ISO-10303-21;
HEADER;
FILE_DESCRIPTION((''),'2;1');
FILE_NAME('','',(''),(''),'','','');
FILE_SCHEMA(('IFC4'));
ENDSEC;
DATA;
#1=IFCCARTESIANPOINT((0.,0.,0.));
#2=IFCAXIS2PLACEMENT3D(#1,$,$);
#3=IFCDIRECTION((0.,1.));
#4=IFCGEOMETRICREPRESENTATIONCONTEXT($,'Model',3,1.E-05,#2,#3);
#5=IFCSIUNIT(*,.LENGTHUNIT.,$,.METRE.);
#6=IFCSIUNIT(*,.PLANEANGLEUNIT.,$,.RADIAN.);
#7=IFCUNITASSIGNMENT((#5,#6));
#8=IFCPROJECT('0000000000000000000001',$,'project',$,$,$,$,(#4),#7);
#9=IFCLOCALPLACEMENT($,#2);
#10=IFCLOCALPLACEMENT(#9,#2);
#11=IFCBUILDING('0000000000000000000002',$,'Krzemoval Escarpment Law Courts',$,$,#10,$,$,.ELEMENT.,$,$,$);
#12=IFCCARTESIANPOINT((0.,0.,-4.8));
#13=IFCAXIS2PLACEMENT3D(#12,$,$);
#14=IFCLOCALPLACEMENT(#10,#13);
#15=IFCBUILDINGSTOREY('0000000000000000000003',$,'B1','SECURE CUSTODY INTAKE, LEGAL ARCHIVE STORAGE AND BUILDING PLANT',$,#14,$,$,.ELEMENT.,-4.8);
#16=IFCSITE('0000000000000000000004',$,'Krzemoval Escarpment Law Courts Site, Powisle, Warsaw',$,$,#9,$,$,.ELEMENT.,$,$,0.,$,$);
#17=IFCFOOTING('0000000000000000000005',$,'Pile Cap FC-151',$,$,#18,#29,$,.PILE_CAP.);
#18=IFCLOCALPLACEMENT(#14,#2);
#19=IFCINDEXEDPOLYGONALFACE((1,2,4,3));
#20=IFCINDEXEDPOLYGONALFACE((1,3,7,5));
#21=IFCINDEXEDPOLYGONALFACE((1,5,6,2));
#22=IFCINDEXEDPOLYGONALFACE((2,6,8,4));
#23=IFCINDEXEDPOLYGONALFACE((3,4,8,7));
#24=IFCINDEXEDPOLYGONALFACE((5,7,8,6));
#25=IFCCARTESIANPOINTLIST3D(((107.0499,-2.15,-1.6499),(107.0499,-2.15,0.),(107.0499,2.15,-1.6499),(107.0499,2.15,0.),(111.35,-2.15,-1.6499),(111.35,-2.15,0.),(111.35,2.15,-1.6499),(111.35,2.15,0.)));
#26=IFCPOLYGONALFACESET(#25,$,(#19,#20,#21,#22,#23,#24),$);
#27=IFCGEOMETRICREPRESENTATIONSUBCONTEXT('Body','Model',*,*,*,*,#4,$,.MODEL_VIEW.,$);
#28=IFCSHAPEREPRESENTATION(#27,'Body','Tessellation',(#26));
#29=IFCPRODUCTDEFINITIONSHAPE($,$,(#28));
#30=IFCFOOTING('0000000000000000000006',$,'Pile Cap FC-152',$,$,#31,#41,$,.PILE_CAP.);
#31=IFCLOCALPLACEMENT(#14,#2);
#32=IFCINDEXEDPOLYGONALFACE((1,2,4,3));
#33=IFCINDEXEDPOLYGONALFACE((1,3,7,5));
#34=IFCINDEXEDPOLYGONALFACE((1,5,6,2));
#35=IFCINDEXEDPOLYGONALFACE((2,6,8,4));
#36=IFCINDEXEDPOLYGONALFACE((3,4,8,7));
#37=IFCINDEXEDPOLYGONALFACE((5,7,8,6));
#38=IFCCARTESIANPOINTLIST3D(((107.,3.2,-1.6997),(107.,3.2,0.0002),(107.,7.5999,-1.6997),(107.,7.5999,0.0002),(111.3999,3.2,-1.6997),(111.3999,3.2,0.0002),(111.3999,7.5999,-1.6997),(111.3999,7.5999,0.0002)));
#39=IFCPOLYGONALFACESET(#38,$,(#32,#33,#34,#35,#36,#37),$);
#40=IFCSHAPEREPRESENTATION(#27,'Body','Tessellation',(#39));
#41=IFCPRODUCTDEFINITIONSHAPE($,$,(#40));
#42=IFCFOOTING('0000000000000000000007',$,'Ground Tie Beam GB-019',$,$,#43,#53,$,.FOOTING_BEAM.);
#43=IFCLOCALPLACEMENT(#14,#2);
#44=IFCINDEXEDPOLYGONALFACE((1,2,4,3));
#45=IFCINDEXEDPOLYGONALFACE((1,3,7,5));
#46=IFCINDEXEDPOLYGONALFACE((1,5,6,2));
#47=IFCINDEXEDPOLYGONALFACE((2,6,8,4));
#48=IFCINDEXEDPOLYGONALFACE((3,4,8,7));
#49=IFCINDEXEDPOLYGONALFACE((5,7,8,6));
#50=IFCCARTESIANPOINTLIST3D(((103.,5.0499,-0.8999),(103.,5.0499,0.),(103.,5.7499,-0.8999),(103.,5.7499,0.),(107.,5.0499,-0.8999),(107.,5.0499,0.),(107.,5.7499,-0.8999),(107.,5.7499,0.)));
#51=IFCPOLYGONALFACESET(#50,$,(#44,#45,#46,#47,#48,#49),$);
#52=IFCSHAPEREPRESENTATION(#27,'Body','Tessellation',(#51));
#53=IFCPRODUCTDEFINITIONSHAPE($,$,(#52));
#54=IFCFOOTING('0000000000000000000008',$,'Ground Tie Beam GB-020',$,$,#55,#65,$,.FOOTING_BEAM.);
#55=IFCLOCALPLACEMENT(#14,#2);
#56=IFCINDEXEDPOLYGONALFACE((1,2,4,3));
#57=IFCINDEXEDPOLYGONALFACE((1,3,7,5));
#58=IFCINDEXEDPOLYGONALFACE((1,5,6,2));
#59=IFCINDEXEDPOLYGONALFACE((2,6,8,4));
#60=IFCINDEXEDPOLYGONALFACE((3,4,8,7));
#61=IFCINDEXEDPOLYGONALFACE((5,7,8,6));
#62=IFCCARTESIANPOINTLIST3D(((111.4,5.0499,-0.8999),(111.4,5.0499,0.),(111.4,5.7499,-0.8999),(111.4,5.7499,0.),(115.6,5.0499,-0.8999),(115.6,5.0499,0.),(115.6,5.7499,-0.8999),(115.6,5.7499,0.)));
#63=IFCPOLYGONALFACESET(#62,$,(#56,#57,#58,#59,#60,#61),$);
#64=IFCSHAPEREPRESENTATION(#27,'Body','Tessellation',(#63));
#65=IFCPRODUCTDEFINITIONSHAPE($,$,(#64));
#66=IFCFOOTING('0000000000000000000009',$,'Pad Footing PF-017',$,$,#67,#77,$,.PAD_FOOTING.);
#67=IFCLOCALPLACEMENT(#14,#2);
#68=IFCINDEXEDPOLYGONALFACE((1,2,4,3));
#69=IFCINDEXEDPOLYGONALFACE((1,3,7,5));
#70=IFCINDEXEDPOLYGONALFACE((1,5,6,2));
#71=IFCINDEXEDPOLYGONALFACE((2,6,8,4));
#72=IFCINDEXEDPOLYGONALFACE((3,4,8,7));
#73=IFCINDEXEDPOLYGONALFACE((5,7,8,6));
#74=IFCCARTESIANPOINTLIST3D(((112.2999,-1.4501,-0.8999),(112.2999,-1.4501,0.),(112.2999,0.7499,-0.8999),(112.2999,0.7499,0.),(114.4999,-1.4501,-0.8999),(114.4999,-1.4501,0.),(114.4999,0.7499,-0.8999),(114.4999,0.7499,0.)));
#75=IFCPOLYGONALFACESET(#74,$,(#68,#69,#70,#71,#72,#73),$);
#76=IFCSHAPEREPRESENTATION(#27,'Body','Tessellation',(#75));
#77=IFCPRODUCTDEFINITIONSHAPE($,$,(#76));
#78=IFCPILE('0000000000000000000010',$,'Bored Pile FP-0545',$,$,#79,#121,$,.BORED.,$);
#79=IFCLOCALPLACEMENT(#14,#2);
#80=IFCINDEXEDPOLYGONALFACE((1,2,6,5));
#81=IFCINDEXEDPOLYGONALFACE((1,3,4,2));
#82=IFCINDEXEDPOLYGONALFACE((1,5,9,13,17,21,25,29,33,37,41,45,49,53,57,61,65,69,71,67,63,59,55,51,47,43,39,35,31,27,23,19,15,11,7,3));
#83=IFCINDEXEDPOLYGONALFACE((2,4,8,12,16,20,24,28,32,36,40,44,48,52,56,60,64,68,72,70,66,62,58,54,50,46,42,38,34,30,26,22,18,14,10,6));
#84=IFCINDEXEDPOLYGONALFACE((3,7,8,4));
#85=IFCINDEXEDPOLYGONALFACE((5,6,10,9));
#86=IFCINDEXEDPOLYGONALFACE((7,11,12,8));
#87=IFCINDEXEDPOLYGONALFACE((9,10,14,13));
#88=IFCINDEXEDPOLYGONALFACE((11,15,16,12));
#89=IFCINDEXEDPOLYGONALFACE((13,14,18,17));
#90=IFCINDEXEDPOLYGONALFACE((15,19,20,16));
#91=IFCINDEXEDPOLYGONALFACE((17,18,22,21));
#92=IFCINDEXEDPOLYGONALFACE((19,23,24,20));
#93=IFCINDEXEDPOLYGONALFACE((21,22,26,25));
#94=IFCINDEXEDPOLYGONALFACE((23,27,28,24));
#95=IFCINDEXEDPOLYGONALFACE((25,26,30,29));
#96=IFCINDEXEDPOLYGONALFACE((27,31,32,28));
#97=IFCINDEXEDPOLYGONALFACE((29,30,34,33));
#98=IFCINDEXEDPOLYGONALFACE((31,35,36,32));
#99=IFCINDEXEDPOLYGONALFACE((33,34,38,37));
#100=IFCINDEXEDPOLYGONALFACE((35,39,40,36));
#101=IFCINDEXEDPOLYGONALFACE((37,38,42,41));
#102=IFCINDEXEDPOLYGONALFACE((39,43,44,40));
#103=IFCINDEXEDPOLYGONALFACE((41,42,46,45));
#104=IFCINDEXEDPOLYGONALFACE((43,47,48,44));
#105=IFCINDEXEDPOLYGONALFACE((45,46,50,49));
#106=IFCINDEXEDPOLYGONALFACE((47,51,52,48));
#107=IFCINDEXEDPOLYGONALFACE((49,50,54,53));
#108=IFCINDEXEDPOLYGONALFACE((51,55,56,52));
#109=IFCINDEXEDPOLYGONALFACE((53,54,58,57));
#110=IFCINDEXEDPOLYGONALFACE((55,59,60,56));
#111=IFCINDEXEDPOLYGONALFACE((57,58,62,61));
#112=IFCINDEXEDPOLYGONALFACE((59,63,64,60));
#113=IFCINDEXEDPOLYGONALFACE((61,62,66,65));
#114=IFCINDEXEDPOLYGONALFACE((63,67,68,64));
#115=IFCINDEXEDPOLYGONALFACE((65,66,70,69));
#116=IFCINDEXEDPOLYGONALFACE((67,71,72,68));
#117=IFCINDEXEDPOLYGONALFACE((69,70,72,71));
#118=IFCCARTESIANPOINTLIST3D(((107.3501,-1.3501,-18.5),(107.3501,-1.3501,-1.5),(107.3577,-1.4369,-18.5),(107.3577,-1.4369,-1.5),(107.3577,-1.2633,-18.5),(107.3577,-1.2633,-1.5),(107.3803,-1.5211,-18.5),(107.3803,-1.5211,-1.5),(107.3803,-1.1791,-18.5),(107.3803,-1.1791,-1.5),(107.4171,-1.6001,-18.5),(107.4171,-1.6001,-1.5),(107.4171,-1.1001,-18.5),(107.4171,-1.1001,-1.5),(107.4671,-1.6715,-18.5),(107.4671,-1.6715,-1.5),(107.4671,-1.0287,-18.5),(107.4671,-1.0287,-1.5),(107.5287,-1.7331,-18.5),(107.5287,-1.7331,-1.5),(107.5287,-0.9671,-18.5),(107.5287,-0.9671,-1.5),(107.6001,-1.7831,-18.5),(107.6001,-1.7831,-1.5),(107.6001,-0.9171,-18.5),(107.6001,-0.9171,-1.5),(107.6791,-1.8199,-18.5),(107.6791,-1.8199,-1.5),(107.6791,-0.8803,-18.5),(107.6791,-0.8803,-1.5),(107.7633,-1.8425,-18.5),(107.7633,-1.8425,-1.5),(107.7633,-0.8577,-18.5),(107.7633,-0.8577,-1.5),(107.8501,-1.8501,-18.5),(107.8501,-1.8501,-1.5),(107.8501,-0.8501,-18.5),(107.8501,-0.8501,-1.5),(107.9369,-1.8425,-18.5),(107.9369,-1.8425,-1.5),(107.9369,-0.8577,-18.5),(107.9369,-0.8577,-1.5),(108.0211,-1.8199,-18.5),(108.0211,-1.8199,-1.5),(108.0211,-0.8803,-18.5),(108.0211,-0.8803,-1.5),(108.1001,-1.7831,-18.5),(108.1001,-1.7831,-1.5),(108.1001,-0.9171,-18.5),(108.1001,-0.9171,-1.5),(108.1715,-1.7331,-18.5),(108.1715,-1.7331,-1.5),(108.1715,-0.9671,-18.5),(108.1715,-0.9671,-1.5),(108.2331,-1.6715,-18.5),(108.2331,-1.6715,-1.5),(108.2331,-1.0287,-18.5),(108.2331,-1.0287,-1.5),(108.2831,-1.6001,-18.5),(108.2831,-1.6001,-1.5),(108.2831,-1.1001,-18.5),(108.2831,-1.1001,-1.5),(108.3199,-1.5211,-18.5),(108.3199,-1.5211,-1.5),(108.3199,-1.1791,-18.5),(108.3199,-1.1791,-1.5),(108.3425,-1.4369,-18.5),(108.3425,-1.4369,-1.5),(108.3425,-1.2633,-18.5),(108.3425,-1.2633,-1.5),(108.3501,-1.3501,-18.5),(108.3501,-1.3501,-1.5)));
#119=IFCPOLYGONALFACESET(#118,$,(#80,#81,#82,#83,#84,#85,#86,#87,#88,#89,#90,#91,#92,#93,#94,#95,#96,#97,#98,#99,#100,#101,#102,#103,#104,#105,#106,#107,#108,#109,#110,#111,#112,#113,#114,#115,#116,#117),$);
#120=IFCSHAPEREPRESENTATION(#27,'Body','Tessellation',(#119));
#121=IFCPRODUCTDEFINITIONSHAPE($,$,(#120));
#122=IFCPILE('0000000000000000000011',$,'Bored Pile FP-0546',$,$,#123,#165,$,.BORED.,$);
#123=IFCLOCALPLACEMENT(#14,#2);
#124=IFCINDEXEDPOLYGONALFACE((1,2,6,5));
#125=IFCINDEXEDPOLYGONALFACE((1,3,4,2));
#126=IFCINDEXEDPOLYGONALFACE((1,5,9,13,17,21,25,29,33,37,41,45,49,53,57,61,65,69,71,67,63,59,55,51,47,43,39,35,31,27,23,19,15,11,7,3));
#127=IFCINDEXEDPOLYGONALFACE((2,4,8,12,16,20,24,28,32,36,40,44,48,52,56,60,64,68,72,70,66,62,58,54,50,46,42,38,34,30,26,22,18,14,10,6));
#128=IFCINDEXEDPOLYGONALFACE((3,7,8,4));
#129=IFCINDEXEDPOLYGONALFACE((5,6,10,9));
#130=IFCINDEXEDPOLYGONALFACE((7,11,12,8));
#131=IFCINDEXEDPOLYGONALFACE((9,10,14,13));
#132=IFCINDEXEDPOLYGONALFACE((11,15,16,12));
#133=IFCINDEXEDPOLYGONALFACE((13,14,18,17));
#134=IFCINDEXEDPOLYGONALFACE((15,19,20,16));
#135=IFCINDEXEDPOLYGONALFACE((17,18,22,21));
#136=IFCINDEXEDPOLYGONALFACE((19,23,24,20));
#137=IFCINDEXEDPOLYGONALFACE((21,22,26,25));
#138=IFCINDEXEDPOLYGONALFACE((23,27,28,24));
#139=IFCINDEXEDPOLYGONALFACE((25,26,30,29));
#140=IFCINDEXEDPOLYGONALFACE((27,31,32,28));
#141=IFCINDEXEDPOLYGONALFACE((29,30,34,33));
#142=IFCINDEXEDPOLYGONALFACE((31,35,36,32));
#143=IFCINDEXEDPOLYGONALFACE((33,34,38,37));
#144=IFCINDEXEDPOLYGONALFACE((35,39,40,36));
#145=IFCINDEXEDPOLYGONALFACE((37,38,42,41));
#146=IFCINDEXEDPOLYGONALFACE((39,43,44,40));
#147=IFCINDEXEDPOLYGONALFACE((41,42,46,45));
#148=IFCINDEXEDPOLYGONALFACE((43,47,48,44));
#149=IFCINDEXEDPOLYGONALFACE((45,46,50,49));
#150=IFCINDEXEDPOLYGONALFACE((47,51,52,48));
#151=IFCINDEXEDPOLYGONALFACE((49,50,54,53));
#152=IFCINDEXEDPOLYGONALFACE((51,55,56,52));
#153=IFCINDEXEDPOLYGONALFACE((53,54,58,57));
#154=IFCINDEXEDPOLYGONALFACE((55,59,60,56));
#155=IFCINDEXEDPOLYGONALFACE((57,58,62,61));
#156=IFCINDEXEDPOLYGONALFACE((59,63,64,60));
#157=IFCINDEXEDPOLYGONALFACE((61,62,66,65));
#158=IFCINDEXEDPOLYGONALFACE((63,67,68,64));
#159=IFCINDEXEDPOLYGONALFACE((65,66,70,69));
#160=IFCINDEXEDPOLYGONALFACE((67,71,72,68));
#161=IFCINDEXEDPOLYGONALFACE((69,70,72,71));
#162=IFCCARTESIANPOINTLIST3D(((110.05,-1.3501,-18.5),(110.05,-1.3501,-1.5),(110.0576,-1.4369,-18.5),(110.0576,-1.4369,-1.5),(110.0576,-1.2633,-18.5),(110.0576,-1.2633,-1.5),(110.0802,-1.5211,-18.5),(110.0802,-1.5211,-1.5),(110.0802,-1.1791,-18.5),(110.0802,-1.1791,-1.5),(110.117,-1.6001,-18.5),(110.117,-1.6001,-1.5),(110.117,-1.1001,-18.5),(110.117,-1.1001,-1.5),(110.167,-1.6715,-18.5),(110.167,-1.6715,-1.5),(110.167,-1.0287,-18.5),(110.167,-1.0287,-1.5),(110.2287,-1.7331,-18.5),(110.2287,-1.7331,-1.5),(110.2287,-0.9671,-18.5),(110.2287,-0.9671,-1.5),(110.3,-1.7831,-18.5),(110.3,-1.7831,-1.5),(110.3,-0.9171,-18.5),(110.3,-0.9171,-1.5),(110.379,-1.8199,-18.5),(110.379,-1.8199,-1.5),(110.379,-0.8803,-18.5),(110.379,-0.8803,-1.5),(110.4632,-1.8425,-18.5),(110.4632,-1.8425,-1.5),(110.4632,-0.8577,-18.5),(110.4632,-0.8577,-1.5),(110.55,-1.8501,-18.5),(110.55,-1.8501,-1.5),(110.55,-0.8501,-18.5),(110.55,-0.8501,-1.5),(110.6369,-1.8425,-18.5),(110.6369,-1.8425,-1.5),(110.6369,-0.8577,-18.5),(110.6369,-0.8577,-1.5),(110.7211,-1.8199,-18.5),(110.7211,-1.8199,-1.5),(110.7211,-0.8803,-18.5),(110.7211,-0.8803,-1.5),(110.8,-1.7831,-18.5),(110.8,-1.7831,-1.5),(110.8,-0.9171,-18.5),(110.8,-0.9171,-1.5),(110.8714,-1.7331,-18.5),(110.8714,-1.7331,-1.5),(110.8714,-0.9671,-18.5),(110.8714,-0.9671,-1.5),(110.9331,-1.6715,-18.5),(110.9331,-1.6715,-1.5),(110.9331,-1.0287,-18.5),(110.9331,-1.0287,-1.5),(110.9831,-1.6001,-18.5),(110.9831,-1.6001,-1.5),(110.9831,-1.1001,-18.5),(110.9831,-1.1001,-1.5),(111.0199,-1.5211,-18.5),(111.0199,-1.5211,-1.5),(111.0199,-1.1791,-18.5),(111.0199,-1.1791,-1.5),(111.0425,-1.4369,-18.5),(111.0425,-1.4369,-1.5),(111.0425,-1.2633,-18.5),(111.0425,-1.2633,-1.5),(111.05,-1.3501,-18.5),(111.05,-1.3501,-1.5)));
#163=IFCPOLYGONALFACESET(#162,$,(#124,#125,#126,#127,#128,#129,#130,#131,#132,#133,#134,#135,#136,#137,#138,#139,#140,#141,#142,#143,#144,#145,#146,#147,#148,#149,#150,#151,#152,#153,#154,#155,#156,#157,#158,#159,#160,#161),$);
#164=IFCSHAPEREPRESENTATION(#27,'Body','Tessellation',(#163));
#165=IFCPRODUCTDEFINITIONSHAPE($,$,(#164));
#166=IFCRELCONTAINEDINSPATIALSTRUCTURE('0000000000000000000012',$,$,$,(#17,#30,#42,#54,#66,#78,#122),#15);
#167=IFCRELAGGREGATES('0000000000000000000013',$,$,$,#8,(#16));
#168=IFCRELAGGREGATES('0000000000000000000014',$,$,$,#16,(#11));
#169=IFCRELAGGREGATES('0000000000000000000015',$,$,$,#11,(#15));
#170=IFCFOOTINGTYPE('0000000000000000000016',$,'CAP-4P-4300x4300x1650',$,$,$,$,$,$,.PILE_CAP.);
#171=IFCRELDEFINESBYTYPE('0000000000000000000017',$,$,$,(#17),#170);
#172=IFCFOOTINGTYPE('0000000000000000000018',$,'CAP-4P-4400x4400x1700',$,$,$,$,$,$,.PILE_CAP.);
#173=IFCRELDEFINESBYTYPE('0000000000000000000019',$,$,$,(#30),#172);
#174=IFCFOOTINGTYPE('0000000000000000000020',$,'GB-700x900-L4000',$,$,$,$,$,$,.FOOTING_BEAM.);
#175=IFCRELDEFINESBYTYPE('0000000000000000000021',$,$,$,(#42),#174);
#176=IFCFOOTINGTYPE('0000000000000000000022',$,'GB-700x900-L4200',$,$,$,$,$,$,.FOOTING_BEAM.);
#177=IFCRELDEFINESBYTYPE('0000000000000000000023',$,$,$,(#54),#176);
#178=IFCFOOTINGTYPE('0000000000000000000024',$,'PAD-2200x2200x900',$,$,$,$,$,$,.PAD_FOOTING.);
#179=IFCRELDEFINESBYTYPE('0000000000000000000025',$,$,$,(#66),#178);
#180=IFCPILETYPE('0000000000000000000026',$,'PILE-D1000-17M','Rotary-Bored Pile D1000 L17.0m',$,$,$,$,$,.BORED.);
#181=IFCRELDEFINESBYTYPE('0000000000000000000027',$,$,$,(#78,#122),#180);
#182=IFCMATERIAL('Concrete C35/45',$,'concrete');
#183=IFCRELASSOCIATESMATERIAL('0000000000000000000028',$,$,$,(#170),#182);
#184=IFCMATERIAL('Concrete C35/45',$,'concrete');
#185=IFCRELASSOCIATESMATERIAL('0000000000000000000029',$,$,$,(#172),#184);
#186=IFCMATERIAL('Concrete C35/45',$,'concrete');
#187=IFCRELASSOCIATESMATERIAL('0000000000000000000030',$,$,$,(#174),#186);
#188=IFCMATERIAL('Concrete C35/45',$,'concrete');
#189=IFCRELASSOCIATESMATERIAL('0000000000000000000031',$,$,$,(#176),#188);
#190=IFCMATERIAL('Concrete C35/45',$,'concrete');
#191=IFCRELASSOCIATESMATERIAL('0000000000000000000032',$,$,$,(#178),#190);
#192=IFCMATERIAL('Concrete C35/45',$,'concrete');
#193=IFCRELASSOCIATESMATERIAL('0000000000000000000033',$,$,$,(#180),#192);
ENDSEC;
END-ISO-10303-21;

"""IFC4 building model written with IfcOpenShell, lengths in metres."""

from ifc_helpers import new_model, si_unit, direction, frame, origin, origin_2d, place, context, subcontext, project, spatial, rectangle, circle, extrude, material, material_profile, profile_set, type_object, element, save


model = new_model("IFC4")

# Units and contexts
model_context = context("Model", 3, precision=1e-05, world=origin(), true_north=direction((0.0, 1.0)))
body_context = subcontext(model_context, "Body", "Model", "MODEL_VIEW")
ifc_project = project(units=[si_unit("LENGTHUNIT", "METRE"), si_unit("PLANEANGLEUNIT", "RADIAN")], contexts=[model_context])

# Site, building, storey
site_placement = place(None, origin())
site = spatial("IfcSite", under=ifc_project, at=site_placement, Name="Krzemoval Escarpment Law Courts Site, Powisle, Warsaw", CompositionType="ELEMENT", RefElevation=0.0)
building_placement = place(site_placement, origin())
building = spatial("IfcBuilding", under=site, at=building_placement, Name="Krzemoval Escarpment Law Courts", CompositionType="ELEMENT")
storey_placement = place(building_placement, frame((0.0, 0.0, -4.8)))
storey = spatial("IfcBuildingStorey", under=building, at=storey_placement, Name="B1", Description="SECURE CUSTODY INTAKE, LEGAL ARCHIVE STORAGE AND BUILDING PLANT", CompositionType="ELEMENT", Elevation=-4.8)

# Footings
ifc_material_1 = material(Name="Concrete C35/45", Category="concrete")
footing_type_1 = type_object("IfcFootingType", Name="CAP-4P-4300x4300x1650", PredefinedType="PILE_CAP", material=ifc_material_1)
footing_1_placement = place(storey_placement, frame((109.2, 0.0, -1.6499), z_axis=(0.0, 0.0, 1.0), x_axis=(1.0, 0.0, 0.0)))
element("IfcFooting", 1, at=footing_1_placement, inside=storey, type_object=footing_type_1, Name="Pile Cap FC-151", PredefinedType="PILE_CAP", context=body_context, shape_type="SweptSolid", body=[
    extrude(rectangle(XDim=4.3, YDim=4.3, at=origin_2d()), origin(), (0.0, 0.0, 1.0), 1.6499),
])
ifc_material_2 = material(Name="Concrete C35/45", Category="concrete")
footing_type_2 = type_object("IfcFootingType", Name="CAP-4P-4400x4400x1700", PredefinedType="PILE_CAP", material=ifc_material_2)
footing_2_placement = place(storey_placement, frame((109.2, 5.3999, -1.6997), z_axis=(0.0, 0.0, 1.0), x_axis=(1.0, 0.0, 0.0)))
element("IfcFooting", 2, at=footing_2_placement, inside=storey, type_object=footing_type_2, Name="Pile Cap FC-152", PredefinedType="PILE_CAP", context=body_context, shape_type="SweptSolid", body=[
    extrude(rectangle(XDim=4.3999, YDim=4.3999, at=origin_2d()), origin(), (0.0, 0.0, 1.0), 1.7),
])
ifc_material_3 = material(Name="Concrete C35/45", Category="concrete")
footing_type_3 = type_object("IfcFootingType", Name="GB-700x900-L4000", PredefinedType="FOOTING_BEAM", material=ifc_material_3)
footing_3_placement = place(storey_placement, frame((105.0, 5.3999, -0.8999), z_axis=(0.0, 0.0, 1.0), x_axis=(1.0, 0.0, 0.0)))
element("IfcFooting", 3, at=footing_3_placement, inside=storey, type_object=footing_type_3, Name="Ground Tie Beam GB-019", PredefinedType="FOOTING_BEAM", context=body_context, shape_type="SweptSolid", body=[
    extrude(rectangle(XDim=4.0, YDim=0.7, at=origin_2d()), origin(), (0.0, 0.0, 1.0), 0.8999),
])
ifc_material_4 = material(Name="Concrete C35/45", Category="concrete")
footing_type_4 = type_object("IfcFootingType", Name="GB-700x900-L4200", PredefinedType="FOOTING_BEAM", material=ifc_material_4)
footing_4_placement = place(storey_placement, frame((113.5, 5.3999, -0.8999), z_axis=(0.0, 0.0, 1.0), x_axis=(1.0, 0.0, 0.0)))
element("IfcFooting", 4, at=footing_4_placement, inside=storey, type_object=footing_type_4, Name="Ground Tie Beam GB-020", PredefinedType="FOOTING_BEAM", context=body_context, shape_type="SweptSolid", body=[
    extrude(rectangle(XDim=4.2, YDim=0.7, at=origin_2d()), origin(), (0.0, 0.0, 1.0), 0.8999),
])
ifc_material_5 = material(Name="Concrete C35/45", Category="concrete")
footing_type_5 = type_object("IfcFootingType", Name="PAD-2200x2200x900", PredefinedType="PAD_FOOTING", material=ifc_material_5)
footing_5_placement = place(storey_placement, frame((113.3999, -0.3501, -0.8999), z_axis=(0.0, 0.0, 1.0), x_axis=(1.0, 0.0, 0.0)))
element("IfcFooting", 5, at=footing_5_placement, inside=storey, type_object=footing_type_5, Name="Pad Footing PF-017", PredefinedType="PAD_FOOTING", context=body_context, shape_type="SweptSolid", body=[
    extrude(rectangle(XDim=2.2, YDim=2.2, at=origin_2d()), origin(), (0.0, 0.0, 1.0), 0.8999),
])

# Piles
ifc_material_6 = material(Name="Concrete C35/45", Category="concrete")
ifc_material_profile_1 = material_profile(ifc_material_6, circle(Radius=0.5, at=origin_2d()), Name="PILE D1000")
ifc_profile_set_1 = profile_set([ifc_material_profile_1], Name="Concrete C35/45")
pile_type_1 = type_object("IfcPileType", Name="PILE-D1000-17M", Description="Rotary-Bored Pile D1000 L17.0m", PredefinedType="BORED", material=ifc_profile_set_1)
for number, where, z_axis, x_axis, name in (
    (6, (107.8501, -1.3501, -1.5), (0.0, 0.0, -1.0), (1.0, 0.0, 0.0), "Bored Pile FP-0545"),
    (7, (110.55, -1.3501, -1.5), (0.0, 0.0, -1.0), (1.0, 0.0, 0.0), "Bored Pile FP-0546"),
):
    element("IfcPile", number, at=place(storey_placement, frame(where, z_axis=z_axis, x_axis=x_axis)), inside=storey, type_object=pile_type_1, Name=name, PredefinedType="BORED", context=body_context, shape_type="SweptSolid", body=[
        extrude(circle(Radius=0.5, at=origin_2d()), origin(), (0.0, 0.0, 1.0), 17.0),
    ])

save(model, "model.ifc")
